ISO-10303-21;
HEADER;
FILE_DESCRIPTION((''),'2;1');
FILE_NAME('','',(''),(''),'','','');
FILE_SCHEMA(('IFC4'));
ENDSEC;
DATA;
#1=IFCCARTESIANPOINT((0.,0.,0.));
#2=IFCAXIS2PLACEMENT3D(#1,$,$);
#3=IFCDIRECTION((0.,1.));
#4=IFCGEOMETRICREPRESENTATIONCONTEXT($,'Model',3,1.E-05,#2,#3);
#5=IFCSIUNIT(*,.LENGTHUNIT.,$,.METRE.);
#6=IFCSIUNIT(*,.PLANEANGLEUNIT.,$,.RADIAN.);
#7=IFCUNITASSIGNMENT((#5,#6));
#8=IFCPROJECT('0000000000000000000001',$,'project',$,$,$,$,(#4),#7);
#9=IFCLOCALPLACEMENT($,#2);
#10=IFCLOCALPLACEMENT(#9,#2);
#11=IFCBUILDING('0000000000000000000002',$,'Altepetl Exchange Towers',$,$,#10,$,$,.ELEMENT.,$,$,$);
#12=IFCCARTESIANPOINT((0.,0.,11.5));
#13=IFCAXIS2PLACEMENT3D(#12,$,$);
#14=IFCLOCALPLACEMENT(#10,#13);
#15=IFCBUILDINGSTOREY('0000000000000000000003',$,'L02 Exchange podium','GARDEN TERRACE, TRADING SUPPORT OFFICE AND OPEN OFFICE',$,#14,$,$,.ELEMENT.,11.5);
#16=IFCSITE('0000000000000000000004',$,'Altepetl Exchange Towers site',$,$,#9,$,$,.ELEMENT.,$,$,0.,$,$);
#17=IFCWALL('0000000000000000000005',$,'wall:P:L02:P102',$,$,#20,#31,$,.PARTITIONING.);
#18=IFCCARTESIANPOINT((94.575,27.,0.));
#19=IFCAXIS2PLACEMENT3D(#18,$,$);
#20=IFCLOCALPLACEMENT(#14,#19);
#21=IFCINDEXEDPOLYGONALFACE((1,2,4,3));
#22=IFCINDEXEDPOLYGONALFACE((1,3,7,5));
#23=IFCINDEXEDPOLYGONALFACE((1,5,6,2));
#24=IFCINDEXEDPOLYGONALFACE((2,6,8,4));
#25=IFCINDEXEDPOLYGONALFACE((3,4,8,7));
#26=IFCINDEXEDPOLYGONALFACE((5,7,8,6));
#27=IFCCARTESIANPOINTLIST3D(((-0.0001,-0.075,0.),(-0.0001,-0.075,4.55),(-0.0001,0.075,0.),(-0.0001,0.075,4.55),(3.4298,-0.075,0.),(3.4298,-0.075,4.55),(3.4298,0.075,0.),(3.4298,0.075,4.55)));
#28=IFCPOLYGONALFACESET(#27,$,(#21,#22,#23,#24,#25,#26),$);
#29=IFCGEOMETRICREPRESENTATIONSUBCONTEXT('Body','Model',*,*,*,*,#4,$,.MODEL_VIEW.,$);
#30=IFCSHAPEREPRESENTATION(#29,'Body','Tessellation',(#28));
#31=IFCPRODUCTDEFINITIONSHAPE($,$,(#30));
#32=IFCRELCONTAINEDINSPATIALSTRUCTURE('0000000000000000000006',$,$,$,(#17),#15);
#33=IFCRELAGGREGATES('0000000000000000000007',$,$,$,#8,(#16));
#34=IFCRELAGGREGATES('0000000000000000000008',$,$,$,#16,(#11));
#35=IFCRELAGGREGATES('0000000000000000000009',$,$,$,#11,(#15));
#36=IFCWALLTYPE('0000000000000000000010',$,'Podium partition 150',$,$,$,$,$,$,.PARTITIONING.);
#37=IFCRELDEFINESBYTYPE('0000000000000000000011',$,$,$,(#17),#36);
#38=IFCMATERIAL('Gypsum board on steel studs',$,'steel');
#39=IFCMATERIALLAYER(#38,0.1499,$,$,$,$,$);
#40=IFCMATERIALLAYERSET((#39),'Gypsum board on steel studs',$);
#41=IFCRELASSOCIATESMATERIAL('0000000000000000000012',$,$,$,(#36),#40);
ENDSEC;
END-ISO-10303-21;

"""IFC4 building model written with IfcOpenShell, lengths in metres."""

from ifc_helpers import new_model, si_unit, direction, frame, frame_2d, origin, place, context, subcontext, project, spatial, rectangle, extrude, material, layer, layer_set, type_object, element, save


model = new_model("IFC4")

# Units and contexts
model_context = context("Model", 3, precision=1e-05, world=origin(), true_north=direction((0.0, 1.0)))
body_context = subcontext(model_context, "Body", "Model", "MODEL_VIEW")
ifc_project = project(units=[si_unit("LENGTHUNIT", "METRE"), si_unit("PLANEANGLEUNIT", "RADIAN")], contexts=[model_context])

# Site, building, storey
site_placement = place(None, origin())
site = spatial("IfcSite", under=ifc_project, at=site_placement, Name="Altepetl Exchange Towers site", CompositionType="ELEMENT", RefElevation=0.0)
building_placement = place(site_placement, origin())
building = spatial("IfcBuilding", under=site, at=building_placement, Name="Altepetl Exchange Towers", CompositionType="ELEMENT")
storey_placement = place(building_placement, frame((0.0, 0.0, 11.5)))
storey = spatial("IfcBuildingStorey", under=building, at=storey_placement, Name="L02 Exchange podium", Description="GARDEN TERRACE, TRADING SUPPORT OFFICE AND OPEN OFFICE", CompositionType="ELEMENT", Elevation=11.5)

# Shared definitions
ifc_material_1 = material(Name="Gypsum board on steel studs", Category="steel")
ifc_layer_1 = layer(ifc_material_1, 0.1499)
ifc_layer_set_1 = layer_set([ifc_layer_1], Name="Gypsum board on steel studs")
wall_type_1 = type_object("IfcWallType", Name="Podium partition 150", PredefinedType="PARTITIONING", material=ifc_layer_set_1)

# Wall
wall_1_placement = place(storey_placement, frame((94.575, 27.0, 0.0)))
element("IfcWall", 1, at=wall_1_placement, inside=storey, type_object=wall_type_1, Name="wall:P:L02:P102", PredefinedType="PARTITIONING", context=body_context, shape_type="SweptSolid", body=[
    extrude(rectangle(XDim=3.4299, YDim=0.1499, at=frame_2d((1.7148, 0.0))), origin(), (0.0, 0.0, 1.0), 4.55),
])

save(model, "model.ifc")
